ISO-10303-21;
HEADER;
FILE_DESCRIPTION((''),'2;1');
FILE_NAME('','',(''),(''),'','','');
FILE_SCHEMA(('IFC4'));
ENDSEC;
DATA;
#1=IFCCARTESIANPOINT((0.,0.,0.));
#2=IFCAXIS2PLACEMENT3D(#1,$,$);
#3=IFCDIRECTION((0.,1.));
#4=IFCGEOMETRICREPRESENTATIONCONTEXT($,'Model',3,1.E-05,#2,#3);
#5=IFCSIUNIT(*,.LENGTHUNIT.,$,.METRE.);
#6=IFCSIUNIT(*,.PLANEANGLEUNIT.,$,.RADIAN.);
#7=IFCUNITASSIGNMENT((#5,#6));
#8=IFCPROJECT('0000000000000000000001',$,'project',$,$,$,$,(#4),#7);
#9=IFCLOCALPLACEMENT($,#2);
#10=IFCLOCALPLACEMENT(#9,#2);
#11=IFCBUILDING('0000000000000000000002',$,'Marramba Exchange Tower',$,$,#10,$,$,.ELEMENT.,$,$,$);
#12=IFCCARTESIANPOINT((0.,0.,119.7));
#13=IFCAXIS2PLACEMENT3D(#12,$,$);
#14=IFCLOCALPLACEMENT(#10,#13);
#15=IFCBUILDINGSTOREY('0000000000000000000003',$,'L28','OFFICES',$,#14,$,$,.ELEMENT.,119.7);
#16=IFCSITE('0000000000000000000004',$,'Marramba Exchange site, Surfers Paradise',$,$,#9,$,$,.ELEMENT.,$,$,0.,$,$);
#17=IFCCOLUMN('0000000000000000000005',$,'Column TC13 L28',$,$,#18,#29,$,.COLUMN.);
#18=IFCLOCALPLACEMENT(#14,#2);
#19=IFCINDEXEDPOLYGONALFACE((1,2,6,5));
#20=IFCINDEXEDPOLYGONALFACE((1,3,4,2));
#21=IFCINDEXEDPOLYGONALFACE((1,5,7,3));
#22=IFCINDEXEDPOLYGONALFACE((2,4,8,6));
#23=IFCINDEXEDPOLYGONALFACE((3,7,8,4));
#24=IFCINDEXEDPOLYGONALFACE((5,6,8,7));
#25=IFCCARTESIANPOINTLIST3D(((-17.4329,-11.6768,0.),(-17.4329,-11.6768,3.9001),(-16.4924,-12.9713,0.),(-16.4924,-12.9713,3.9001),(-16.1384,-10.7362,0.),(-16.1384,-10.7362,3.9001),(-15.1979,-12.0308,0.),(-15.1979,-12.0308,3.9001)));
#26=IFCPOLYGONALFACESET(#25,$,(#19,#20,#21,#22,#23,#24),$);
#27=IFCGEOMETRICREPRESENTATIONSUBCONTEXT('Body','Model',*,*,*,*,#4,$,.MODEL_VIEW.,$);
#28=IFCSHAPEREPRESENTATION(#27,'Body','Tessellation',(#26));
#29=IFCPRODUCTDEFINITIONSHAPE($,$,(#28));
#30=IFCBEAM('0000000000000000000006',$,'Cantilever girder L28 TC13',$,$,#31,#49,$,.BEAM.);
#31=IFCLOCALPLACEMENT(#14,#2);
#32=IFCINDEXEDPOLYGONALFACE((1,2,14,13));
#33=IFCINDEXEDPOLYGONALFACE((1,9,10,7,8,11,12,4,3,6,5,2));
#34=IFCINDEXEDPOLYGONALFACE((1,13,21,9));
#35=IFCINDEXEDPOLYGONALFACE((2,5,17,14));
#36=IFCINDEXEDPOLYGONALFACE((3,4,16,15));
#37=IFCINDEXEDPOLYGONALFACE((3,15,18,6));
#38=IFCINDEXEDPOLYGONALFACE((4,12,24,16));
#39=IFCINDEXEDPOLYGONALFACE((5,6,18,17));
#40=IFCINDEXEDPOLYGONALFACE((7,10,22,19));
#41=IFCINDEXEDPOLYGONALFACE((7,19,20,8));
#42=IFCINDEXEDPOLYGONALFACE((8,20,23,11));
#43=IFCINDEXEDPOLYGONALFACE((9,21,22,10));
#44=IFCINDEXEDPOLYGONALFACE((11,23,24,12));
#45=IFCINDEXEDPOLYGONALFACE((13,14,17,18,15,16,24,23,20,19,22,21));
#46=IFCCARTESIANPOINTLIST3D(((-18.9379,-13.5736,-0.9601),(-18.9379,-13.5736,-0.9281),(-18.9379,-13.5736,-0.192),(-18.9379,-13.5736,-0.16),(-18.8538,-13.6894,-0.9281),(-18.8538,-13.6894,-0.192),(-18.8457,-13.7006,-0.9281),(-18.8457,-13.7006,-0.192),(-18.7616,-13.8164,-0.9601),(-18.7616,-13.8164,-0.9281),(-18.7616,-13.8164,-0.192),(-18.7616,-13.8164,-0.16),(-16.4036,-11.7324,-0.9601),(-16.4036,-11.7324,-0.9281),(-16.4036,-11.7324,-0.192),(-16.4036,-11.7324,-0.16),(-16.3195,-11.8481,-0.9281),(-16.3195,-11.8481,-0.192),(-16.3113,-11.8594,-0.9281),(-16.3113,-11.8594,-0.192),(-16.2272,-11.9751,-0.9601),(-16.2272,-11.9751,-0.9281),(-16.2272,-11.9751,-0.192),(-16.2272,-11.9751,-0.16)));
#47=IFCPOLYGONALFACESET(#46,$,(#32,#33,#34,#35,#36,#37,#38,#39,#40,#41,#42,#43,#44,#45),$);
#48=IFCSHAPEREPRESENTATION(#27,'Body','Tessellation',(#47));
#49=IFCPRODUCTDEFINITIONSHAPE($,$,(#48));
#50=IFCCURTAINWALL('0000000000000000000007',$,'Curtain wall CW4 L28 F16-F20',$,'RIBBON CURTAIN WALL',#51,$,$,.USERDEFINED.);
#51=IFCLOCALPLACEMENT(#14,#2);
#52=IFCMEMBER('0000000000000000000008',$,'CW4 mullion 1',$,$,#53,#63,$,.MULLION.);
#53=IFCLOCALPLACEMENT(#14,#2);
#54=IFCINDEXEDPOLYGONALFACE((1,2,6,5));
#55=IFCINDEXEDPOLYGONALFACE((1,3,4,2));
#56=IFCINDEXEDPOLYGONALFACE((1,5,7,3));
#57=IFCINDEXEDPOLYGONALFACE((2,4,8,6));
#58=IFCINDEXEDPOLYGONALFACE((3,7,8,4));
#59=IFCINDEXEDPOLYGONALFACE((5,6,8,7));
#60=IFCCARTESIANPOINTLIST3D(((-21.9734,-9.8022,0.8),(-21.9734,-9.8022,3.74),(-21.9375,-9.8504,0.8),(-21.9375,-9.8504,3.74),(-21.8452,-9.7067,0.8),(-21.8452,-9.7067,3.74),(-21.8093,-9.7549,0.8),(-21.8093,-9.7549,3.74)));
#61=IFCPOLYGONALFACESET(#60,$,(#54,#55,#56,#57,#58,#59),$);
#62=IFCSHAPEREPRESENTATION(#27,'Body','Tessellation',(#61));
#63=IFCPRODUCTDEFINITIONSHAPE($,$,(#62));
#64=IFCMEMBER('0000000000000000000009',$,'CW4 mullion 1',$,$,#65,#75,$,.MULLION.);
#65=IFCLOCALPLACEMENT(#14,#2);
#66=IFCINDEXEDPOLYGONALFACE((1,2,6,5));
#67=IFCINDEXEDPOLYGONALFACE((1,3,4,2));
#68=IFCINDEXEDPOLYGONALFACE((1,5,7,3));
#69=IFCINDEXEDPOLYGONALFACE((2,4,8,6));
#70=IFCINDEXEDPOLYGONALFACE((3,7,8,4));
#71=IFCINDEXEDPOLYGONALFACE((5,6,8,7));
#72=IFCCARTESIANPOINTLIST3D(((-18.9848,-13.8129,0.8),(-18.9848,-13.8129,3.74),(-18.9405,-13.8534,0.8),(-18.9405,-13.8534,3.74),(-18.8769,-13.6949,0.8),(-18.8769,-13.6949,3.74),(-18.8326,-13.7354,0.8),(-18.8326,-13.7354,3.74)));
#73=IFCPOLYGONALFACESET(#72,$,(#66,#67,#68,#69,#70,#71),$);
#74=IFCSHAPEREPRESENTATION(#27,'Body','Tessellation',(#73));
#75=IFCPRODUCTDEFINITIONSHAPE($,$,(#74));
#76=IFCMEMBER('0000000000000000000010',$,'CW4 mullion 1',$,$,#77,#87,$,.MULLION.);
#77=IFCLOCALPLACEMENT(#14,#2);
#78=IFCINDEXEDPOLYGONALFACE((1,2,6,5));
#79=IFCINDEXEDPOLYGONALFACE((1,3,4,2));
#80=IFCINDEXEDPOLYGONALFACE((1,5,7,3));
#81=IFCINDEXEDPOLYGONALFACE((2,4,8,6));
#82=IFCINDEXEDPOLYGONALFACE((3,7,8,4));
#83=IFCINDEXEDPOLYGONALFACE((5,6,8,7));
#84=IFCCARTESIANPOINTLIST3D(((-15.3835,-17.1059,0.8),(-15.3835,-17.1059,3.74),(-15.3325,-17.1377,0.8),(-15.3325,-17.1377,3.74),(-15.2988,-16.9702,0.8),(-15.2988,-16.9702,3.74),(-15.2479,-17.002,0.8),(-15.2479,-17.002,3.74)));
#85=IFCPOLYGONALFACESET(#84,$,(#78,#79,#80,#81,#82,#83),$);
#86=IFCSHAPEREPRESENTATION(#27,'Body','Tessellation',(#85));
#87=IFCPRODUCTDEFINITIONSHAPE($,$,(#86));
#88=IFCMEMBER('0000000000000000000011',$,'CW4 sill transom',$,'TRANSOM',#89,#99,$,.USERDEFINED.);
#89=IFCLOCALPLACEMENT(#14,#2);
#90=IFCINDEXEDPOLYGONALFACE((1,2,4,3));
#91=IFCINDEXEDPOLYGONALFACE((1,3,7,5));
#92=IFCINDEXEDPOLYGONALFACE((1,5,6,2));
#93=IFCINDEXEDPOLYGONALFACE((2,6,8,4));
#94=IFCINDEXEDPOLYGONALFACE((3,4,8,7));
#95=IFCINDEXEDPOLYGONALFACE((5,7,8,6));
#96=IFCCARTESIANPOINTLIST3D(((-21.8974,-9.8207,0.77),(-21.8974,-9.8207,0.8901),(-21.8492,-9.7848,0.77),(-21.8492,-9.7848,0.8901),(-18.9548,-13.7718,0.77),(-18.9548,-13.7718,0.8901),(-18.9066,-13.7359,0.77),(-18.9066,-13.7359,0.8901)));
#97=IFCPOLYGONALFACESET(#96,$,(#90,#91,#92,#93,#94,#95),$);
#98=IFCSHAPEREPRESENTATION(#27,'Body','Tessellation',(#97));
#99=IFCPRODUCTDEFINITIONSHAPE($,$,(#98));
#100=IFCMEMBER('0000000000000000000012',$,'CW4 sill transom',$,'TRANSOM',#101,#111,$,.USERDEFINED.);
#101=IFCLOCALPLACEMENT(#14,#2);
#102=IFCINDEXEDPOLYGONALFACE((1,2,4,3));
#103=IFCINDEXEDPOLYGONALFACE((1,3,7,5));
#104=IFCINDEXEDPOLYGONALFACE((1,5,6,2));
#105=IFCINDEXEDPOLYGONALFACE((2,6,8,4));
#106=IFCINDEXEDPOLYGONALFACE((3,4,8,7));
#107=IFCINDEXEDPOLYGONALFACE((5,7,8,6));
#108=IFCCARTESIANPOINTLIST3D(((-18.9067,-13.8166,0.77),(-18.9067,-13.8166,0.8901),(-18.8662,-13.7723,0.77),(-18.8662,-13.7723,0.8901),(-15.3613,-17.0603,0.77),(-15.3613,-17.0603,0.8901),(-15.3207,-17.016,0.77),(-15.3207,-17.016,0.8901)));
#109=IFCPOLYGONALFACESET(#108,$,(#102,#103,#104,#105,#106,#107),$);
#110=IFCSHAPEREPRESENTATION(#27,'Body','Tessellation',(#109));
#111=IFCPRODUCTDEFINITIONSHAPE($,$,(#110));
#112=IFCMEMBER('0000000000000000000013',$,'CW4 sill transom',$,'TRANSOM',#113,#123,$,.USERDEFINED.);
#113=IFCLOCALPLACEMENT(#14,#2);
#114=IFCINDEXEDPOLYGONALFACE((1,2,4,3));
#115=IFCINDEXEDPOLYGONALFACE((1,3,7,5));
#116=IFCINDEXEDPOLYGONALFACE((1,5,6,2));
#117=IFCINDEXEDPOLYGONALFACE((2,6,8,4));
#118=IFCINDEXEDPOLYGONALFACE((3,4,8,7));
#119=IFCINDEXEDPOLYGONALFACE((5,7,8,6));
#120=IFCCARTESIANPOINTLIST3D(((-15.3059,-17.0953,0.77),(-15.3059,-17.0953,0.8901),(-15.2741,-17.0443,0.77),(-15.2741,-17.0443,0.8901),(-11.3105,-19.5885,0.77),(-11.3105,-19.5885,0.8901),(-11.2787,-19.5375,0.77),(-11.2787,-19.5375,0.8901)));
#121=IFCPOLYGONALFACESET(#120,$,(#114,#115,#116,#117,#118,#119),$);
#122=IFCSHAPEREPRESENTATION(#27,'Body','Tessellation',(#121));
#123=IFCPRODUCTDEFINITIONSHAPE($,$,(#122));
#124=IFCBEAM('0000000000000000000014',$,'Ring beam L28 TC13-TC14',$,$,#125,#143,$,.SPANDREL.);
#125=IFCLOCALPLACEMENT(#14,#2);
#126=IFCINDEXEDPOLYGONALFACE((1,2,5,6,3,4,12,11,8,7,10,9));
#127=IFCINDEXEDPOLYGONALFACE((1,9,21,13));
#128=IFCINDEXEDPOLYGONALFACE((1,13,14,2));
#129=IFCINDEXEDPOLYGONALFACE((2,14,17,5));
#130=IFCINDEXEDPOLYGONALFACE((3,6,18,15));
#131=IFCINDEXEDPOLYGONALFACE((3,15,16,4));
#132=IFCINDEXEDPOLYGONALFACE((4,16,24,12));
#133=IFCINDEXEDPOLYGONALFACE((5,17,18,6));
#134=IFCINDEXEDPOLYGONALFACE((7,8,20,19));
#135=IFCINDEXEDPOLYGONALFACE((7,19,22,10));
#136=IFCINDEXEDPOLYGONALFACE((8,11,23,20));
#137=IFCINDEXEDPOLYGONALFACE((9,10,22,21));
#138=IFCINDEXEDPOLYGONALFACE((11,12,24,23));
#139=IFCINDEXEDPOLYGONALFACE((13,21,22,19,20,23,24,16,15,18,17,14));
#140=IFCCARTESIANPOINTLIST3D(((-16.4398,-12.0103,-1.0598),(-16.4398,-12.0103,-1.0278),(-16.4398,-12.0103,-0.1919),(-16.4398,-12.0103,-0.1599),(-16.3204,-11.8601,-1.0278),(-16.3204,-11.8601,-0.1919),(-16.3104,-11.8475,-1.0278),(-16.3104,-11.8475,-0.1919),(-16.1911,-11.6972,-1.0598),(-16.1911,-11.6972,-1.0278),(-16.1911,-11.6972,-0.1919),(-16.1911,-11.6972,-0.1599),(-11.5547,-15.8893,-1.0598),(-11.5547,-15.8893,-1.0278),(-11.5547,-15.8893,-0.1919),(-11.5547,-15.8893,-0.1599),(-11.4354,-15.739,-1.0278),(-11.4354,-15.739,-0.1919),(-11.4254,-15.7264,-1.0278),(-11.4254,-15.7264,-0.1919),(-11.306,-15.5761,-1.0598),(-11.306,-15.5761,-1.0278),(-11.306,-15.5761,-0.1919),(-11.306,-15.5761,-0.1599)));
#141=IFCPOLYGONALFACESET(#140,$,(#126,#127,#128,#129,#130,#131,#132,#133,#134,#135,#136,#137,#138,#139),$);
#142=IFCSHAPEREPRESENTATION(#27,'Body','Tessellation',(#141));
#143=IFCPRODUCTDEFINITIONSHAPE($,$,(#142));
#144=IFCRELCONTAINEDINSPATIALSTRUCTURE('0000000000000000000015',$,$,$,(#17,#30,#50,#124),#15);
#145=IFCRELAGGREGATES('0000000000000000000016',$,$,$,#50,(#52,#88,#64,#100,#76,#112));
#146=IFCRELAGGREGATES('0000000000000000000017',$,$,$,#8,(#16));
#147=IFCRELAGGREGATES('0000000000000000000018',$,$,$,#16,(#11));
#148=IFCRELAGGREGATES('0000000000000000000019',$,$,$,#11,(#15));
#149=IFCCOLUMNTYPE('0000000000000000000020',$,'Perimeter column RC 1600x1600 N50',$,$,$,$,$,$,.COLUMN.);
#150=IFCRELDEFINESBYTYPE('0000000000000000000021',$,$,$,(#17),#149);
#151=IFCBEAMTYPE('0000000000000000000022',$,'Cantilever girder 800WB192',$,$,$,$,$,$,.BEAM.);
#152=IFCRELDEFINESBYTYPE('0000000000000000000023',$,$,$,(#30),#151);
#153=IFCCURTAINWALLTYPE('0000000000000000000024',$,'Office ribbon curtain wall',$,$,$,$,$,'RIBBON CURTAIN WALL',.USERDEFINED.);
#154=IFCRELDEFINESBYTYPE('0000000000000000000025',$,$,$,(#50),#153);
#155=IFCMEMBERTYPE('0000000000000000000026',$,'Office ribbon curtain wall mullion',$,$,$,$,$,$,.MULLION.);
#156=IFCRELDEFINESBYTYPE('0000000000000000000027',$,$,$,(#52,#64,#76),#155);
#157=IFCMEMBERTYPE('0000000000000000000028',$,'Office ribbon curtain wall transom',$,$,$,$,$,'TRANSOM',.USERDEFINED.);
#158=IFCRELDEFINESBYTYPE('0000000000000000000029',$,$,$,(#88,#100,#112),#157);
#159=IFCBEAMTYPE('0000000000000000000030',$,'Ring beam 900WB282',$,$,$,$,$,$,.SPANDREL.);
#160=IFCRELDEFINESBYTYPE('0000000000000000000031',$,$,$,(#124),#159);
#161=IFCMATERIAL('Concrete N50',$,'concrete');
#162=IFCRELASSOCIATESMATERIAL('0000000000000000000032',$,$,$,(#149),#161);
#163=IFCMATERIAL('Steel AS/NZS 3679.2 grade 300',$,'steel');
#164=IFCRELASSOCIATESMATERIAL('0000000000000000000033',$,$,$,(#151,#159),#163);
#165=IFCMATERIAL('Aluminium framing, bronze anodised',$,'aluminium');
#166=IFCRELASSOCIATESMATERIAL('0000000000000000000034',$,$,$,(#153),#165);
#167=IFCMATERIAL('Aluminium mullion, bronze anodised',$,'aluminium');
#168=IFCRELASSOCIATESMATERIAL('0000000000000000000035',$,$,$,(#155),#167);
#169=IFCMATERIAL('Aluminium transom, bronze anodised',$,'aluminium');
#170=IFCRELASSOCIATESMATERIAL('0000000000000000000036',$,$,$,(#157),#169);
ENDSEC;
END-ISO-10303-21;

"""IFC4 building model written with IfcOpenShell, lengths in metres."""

from ifc_helpers import new_model, si_unit, direction, frame, origin, origin_2d, place, context, subcontext, project, spatial, rectangle, i_section, extrude, material, material_profile, profile_set, type_object, element, aggregate, save


model = new_model("IFC4")

# Units and contexts
model_context = context("Model", 3, precision=1e-05, world=origin(), true_north=direction((0.0, 1.0)))
body_context = subcontext(model_context, "Body", "Model", "MODEL_VIEW")
ifc_project = project(units=[si_unit("LENGTHUNIT", "METRE"), si_unit("PLANEANGLEUNIT", "RADIAN")], contexts=[model_context])

# Site, building, storey
site_placement = place(None, origin())
site = spatial("IfcSite", under=ifc_project, at=site_placement, Name="Marramba Exchange site, Surfers Paradise", CompositionType="ELEMENT", RefElevation=0.0)
building_placement = place(site_placement, origin())
building = spatial("IfcBuilding", under=site, at=building_placement, Name="Marramba Exchange Tower", CompositionType="ELEMENT")
storey_placement = place(building_placement, frame((0.0, 0.0, 119.7)))
storey = spatial("IfcBuildingStorey", under=building, at=storey_placement, Name="L28", Description="OFFICES", CompositionType="ELEMENT", Elevation=119.7)

# Column
ifc_material_1 = material(Name="Concrete N50", Category="concrete")
ifc_material_profile_1 = material_profile(ifc_material_1, rectangle(XDim=1.6001, YDim=1.6001, at=origin_2d()), Name="RC 1600x1600")
ifc_profile_set_1 = profile_set([ifc_material_profile_1], Name="Concrete N50")
column_type = type_object("IfcColumnType", Name="Perimeter column RC 1600x1600 N50", PredefinedType="COLUMN", material=ifc_profile_set_1)
column_placement = place(storey_placement, frame((-16.3154, -11.8538, 0.0), z_axis=(0.0, 0.0, 1.0), x_axis=(-0.809017, -0.587785, 0.0)))
element("IfcColumn", 1, at=column_placement, inside=storey, type_object=column_type, Name="Column TC13 L28", PredefinedType="COLUMN", context=body_context, shape_type="SweptSolid", body=[
    extrude(rectangle(XDim=1.6001, YDim=1.6001, at=origin_2d()), origin(), (0.0, 0.0, 1.0), 3.9001),
])

# Beam
ifc_material_2 = material(Name="Steel AS/NZS 3679.2 grade 300", Category="steel")
ifc_material_profile_2 = material_profile(ifc_material_2, i_section(OverallWidth=0.3, OverallDepth=0.8, WebThickness=0.0139, FlangeThickness=0.032, at=origin_2d()), Name="800WB192")
ifc_profile_set_2 = profile_set([ifc_material_profile_2], Name="Steel AS/NZS 3679.2 grade 300")
beam_type_1 = type_object("IfcBeamType", Name="Cantilever girder 800WB192", PredefinedType="BEAM", material=ifc_profile_set_2)
beam_1_placement = place(storey_placement, frame((-16.3154, -11.8538, -0.5601), z_axis=(-0.809026, -0.587773, 0.0), x_axis=(0.587773, -0.809026, 0.0)))
element("IfcBeam", 2, at=beam_1_placement, inside=storey, type_object=beam_type_1, Name="Cantilever girder L28 TC13", PredefinedType="BEAM", context=body_context, shape_type="SweptSolid", body=[
    extrude(i_section(OverallWidth=0.3, OverallDepth=0.8, WebThickness=0.0139, FlangeThickness=0.032, at=origin_2d()), origin(), (0.0, 0.0, 1.0), 3.1326),
])

# Curtain wall, members
ifc_material_3 = material(Name="Aluminium framing, bronze anodised", Category="aluminium")
curtain_wall_type = type_object("IfcCurtainWallType", Name="Office ribbon curtain wall", ElementType="RIBBON CURTAIN WALL", PredefinedType="USERDEFINED", material=ifc_material_3)
curtain_wall_placement = place(storey_placement, origin())
curtain_wall = element("IfcCurtainWall", 3, at=curtain_wall_placement, inside=storey, type_object=curtain_wall_type, Name="Curtain wall CW4 L28 F16-F20", ObjectType="RIBBON CURTAIN WALL", PredefinedType="USERDEFINED")
ifc_material_4 = material(Name="Aluminium mullion, bronze anodised", Category="aluminium")
ifc_material_profile_3 = material_profile(ifc_material_4, rectangle(XDim=0.1599, YDim=0.0601, at=origin_2d()), Name="CW4 mullion 60x160")
ifc_profile_set_3 = profile_set([ifc_material_profile_3], Name="Aluminium mullion, bronze anodised")
member_type_1 = type_object("IfcMemberType", Name="Office ribbon curtain wall mullion", PredefinedType="MULLION", material=ifc_profile_set_3)
member_1_placement = place(storey_placement, frame((-21.8914, -9.7786, 0.8), z_axis=(0.0, 0.0, 1.0), x_axis=(0.802014, 0.597305, 0.0)))
member_1 = element("IfcMember", 4, at=member_1_placement, type_object=member_type_1, Name="CW4 mullion 1", PredefinedType="MULLION", context=body_context, shape_type="SweptSolid", body=[
    extrude(rectangle(XDim=0.1599, YDim=0.0601, at=origin_2d()), origin(), (0.0, 0.0, 1.0), 2.9399),
])
member_2_placement = place(storey_placement, frame((-18.9087, -13.7742, 0.8), z_axis=(0.0, 0.0, 1.0), x_axis=(0.674995, 0.737822, 0.0)))
member_2 = element("IfcMember", 5, at=member_2_placement, type_object=member_type_1, Name="CW4 mullion 1", PredefinedType="MULLION", context=body_context, shape_type="SweptSolid", body=[
    extrude(rectangle(XDim=0.1599, YDim=0.0601, at=origin_2d()), origin(), (0.0, 0.0, 1.0), 2.9399),
])
member_3_placement = place(storey_placement, frame((-15.3157, -17.054, 0.8), z_axis=(0.0, 0.0, 1.0), x_axis=(0.529428, 0.848355, 0.0)))
member_3 = element("IfcMember", 6, at=member_3_placement, type_object=member_type_1, Name="CW4 mullion 1", PredefinedType="MULLION", context=body_context, shape_type="SweptSolid", body=[
    extrude(rectangle(XDim=0.1599, YDim=0.0601, at=origin_2d()), origin(), (0.0, 0.0, 1.0), 2.9399),
])
ifc_material_5 = material(Name="Aluminium transom, bronze anodised", Category="aluminium")
ifc_material_profile_4 = material_profile(ifc_material_5, rectangle(XDim=0.0601, YDim=0.1201, at=origin_2d()), Name="CW4 transom 60x120")
ifc_profile_set_4 = profile_set([ifc_material_profile_4], Name="Aluminium transom, bronze anodised")
member_type_2 = type_object("IfcMemberType", Name="Office ribbon curtain wall transom", ElementType="TRANSOM", PredefinedType="USERDEFINED", material=ifc_profile_set_4)
member_4_placement = place(storey_placement, frame((-21.8733, -9.8027, 0.8301), z_axis=(0.597301, -0.802017, 0.0), x_axis=(0.802017, 0.597301, 0.0)))
member_4 = element("IfcMember", 7, at=member_4_placement, type_object=member_type_2, Name="CW4 sill transom", ObjectType="TRANSOM", PredefinedType="USERDEFINED", context=body_context, shape_type="SweptSolid", body=[
    extrude(rectangle(XDim=0.0601, YDim=0.1201, at=origin_2d()), origin(), (0.0, 0.0, 1.0), 4.9265),
])
member_5_placement = place(storey_placement, frame((-18.8865, -13.7944, 0.8301), z_axis=(0.737808, -0.675011, 0.0), x_axis=(0.675011, 0.737808, 0.0)))
member_5 = element("IfcMember", 8, at=member_5_placement, type_object=member_type_2, Name="CW4 sill transom", ObjectType="TRANSOM", PredefinedType="USERDEFINED", context=body_context, shape_type="SweptSolid", body=[
    extrude(rectangle(XDim=0.0601, YDim=0.1201, at=origin_2d()), origin(), (0.0, 0.0, 1.0), 4.8054),
])
member_6_placement = place(storey_placement, frame((-15.29, -17.0698, 0.8301), z_axis=(0.848374, -0.529398, 0.0), x_axis=(0.529398, 0.848374, 0.0)))
member_6 = element("IfcMember", 9, at=member_6_placement, type_object=member_type_2, Name="CW4 sill transom", ObjectType="TRANSOM", PredefinedType="USERDEFINED", context=body_context, shape_type="SweptSolid", body=[
    extrude(rectangle(XDim=0.0601, YDim=0.1201, at=origin_2d()), origin(), (0.0, 0.0, 1.0), 4.7095),
])

# Beam
ifc_material_profile_5 = material_profile(ifc_material_2, i_section(OverallWidth=0.3999, OverallDepth=0.8999, WebThickness=0.0161, FlangeThickness=0.032, at=origin_2d()), Name="900WB282")
ifc_profile_set_5 = profile_set([ifc_material_profile_5], Name="Steel AS/NZS 3679.2 grade 300")
beam_type_2 = type_object("IfcBeamType", Name="Ring beam 900WB282", PredefinedType="SPANDREL", material=ifc_profile_set_5)
beam_2_placement = place(storey_placement, frame((-16.3154, -11.8538, -0.6099), z_axis=(0.783139, -0.621846, 0.0), x_axis=(0.621846, 0.783139, 0.0)))
element("IfcBeam", 10, at=beam_2_placement, inside=storey, type_object=beam_type_2, Name="Ring beam L28 TC13-TC14", PredefinedType="SPANDREL", context=body_context, shape_type="SweptSolid", body=[
    extrude(i_section(OverallWidth=0.3999, OverallDepth=0.8999, WebThickness=0.0161, FlangeThickness=0.032, at=origin_2d()), origin(), (0.0, 0.0, 1.0), 6.2378),
])

aggregate(curtain_wall, [member_1, member_4, member_2, member_5, member_3, member_6])

save(model, "model.ifc")
